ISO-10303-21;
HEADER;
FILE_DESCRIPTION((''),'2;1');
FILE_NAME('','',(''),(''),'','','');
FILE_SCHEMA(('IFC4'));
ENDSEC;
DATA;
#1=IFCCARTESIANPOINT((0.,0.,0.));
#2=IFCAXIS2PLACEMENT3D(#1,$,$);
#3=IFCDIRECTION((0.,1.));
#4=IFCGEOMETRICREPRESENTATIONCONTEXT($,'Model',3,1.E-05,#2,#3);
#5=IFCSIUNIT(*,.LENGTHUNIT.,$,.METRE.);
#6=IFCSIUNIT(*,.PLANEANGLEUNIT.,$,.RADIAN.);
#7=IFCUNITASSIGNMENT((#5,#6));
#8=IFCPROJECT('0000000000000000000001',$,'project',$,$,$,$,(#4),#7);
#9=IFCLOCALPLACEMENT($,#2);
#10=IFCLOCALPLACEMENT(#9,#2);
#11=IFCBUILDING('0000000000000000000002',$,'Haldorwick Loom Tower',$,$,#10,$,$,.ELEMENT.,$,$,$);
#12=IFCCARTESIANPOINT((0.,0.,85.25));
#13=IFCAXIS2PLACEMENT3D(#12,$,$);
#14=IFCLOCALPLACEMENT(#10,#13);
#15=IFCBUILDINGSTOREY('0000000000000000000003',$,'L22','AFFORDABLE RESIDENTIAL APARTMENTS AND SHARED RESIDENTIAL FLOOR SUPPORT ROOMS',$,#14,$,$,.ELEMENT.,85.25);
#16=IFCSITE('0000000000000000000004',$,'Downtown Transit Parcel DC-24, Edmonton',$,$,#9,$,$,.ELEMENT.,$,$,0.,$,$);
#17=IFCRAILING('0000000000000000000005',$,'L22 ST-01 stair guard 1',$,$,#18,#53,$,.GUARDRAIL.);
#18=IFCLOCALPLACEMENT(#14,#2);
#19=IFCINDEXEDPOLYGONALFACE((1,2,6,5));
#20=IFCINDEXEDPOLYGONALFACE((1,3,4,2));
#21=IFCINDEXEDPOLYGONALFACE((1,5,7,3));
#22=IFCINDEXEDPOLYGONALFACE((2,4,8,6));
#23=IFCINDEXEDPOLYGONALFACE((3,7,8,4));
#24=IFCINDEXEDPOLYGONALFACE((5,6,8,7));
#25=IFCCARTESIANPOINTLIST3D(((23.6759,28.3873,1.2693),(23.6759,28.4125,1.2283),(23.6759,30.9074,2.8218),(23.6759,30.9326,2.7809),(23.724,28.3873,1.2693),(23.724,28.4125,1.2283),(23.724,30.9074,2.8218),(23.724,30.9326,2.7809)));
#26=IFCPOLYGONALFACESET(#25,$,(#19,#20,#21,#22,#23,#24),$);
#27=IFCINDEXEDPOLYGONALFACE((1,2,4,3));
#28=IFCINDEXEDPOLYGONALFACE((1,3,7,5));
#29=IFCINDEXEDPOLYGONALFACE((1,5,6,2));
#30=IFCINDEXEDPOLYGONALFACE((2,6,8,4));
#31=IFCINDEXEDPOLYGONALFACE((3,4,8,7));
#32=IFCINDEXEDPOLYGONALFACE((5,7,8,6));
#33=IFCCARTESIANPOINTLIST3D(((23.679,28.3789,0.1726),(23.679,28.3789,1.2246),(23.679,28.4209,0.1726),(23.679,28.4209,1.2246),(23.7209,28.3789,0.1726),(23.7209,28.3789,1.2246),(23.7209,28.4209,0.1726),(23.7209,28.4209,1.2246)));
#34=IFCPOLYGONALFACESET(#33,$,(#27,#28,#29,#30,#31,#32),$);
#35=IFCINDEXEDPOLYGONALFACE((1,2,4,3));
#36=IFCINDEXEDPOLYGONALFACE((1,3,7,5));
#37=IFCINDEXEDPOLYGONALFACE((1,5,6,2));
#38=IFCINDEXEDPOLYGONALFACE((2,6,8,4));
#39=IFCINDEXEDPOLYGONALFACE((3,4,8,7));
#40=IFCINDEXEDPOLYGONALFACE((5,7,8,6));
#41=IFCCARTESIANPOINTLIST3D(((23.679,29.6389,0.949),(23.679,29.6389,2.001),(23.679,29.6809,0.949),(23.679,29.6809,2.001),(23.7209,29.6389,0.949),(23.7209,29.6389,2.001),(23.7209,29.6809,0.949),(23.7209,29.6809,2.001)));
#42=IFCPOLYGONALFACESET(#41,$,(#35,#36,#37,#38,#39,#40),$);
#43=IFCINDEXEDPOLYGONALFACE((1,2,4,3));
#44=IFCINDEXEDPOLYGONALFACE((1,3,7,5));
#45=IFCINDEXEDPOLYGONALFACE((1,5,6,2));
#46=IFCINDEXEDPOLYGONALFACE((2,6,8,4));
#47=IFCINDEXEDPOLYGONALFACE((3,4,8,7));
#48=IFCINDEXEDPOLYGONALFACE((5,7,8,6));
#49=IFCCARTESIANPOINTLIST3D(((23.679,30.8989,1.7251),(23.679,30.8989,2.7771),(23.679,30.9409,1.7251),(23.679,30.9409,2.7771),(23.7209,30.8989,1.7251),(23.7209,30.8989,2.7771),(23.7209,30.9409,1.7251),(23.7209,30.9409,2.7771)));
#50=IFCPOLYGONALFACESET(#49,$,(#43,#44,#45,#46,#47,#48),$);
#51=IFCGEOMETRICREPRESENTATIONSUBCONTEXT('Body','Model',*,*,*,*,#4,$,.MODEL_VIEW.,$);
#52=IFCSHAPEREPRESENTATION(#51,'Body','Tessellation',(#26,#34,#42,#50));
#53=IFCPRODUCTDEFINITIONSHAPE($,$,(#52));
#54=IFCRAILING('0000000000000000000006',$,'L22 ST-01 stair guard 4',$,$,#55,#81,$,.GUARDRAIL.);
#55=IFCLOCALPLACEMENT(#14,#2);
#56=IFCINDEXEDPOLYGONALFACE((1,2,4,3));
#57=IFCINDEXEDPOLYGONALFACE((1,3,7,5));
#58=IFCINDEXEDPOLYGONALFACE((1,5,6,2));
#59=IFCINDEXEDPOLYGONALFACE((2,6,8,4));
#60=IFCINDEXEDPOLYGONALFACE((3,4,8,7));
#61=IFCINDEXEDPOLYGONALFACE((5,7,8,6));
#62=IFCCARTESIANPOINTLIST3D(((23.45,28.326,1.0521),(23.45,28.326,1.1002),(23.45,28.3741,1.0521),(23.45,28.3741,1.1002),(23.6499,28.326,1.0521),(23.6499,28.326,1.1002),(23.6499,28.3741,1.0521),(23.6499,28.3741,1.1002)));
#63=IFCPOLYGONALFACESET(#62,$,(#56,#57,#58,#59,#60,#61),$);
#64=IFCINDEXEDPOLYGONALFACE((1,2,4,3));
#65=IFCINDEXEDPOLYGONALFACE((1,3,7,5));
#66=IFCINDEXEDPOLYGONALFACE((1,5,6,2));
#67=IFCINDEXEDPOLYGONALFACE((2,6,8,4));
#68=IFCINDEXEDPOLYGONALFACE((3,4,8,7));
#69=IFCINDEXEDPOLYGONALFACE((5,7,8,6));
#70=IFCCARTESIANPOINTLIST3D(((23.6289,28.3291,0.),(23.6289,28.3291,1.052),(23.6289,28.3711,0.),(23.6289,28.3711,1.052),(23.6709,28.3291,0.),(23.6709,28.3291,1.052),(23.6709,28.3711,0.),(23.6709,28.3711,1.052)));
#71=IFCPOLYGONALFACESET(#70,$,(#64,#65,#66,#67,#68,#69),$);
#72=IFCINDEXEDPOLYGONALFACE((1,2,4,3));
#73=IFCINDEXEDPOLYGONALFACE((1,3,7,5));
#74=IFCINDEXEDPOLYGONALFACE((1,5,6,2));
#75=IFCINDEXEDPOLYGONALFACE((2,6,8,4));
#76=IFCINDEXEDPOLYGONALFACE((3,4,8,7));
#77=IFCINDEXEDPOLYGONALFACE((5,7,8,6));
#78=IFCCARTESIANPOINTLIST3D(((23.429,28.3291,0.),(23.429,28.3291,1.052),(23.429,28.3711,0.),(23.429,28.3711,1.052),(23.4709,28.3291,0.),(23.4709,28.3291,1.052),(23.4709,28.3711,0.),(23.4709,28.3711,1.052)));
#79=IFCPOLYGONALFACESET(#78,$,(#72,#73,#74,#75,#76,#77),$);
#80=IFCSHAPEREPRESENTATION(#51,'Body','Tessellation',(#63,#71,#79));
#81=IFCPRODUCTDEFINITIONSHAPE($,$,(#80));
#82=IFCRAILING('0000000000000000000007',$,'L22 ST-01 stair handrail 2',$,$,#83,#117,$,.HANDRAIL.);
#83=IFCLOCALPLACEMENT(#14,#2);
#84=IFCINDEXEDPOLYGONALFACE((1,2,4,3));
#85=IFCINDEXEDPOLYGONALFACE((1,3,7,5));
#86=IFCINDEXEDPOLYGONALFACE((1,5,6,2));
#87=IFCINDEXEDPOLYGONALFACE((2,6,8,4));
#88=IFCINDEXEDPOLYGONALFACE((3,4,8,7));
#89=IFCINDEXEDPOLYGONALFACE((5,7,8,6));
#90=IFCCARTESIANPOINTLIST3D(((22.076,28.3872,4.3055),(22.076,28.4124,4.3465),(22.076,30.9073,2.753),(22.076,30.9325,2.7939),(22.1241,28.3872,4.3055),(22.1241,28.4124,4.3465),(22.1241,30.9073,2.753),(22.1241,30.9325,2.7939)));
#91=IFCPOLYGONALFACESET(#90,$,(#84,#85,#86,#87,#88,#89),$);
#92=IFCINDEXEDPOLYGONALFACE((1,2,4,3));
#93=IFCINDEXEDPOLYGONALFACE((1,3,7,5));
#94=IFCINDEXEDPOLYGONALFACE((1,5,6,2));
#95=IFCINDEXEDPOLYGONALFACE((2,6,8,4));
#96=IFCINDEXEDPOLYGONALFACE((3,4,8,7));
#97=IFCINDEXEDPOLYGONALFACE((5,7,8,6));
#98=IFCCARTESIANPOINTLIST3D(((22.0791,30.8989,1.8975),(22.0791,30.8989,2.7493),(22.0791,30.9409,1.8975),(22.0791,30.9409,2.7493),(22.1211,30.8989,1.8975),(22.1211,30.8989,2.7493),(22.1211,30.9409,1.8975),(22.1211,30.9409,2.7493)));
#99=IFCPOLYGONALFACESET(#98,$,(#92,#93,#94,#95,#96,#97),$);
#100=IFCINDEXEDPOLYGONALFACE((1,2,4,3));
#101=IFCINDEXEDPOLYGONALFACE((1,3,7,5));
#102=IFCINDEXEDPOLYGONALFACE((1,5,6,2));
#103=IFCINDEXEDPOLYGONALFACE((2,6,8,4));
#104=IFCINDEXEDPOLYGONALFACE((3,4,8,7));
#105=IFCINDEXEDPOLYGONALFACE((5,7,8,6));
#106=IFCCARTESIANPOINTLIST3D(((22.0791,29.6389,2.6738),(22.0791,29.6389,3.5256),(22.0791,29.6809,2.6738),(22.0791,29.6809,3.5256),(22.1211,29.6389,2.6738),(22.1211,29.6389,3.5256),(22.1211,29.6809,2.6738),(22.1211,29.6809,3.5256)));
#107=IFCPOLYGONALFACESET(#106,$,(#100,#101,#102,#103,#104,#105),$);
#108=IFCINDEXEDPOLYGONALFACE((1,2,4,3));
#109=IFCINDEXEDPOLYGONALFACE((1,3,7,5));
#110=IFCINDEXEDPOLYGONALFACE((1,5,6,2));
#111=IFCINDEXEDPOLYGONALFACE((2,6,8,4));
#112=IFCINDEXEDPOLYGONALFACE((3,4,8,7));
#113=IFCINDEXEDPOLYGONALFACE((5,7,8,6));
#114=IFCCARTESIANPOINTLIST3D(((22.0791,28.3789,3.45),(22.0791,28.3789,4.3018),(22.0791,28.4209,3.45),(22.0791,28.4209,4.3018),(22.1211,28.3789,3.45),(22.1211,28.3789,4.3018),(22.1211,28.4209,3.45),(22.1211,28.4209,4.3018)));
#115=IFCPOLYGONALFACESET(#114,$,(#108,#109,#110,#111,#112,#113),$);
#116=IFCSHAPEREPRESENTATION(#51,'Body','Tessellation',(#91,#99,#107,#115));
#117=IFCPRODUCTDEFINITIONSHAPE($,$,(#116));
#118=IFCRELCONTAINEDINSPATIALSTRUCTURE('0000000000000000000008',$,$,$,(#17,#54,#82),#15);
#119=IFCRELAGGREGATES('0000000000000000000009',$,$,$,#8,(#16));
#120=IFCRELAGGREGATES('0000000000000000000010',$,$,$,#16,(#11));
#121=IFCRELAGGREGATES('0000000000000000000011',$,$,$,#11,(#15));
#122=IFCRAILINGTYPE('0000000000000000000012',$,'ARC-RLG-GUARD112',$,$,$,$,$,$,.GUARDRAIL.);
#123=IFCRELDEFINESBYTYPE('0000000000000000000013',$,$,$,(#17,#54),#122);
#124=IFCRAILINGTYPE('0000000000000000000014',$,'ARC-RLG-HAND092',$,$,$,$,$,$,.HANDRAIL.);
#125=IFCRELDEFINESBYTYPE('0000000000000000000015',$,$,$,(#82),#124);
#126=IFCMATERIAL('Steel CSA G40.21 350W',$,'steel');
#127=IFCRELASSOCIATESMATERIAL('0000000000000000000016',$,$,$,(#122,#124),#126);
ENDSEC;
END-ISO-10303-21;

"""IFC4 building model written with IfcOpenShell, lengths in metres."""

from ifc_helpers import new_model, si_unit, direction, frame, origin, origin_2d, place, context, subcontext, project, spatial, rectangle, extrude, material, type_object, element, save


model = new_model("IFC4")

# Units and contexts
model_context = context("Model", 3, precision=1e-05, world=origin(), true_north=direction((0.0, 1.0)))
body_context = subcontext(model_context, "Body", "Model", "MODEL_VIEW")
ifc_project = project(units=[si_unit("LENGTHUNIT", "METRE"), si_unit("PLANEANGLEUNIT", "RADIAN")], contexts=[model_context])

# Site, building, storey
site_placement = place(None, origin())
site = spatial("IfcSite", under=ifc_project, at=site_placement, Name="Downtown Transit Parcel DC-24, Edmonton", CompositionType="ELEMENT", RefElevation=0.0)
building_placement = place(site_placement, origin())
building = spatial("IfcBuilding", under=site, at=building_placement, Name="Haldorwick Loom Tower", CompositionType="ELEMENT")
storey_placement = place(building_placement, frame((0.0, 0.0, 85.25)))
storey = spatial("IfcBuildingStorey", under=building, at=storey_placement, Name="L22", Description="AFFORDABLE RESIDENTIAL APARTMENTS AND SHARED RESIDENTIAL FLOOR SUPPORT ROOMS", CompositionType="ELEMENT", Elevation=85.25)

# Shared definitions
ifc_material_1 = material(Name="Steel CSA G40.21 350W", Category="steel")

# Railings
railing_type_1 = type_object("IfcRailingType", Name="ARC-RLG-GUARD112", PredefinedType="GUARDRAIL", material=ifc_material_1)
railing_1_placement = place(storey_placement, frame((23.7, 28.3999, 0.1726)))
element("IfcRailing", 1, at=railing_1_placement, inside=storey, type_object=railing_type_1, Name="L22 ST-01 stair guard 1", PredefinedType="GUARDRAIL", context=body_context, shape_type="SweptSolid", body=[
    extrude(rectangle(XDim=0.0481, YDim=0.0481, at=origin_2d()), frame((0.0, 0.0, 1.0762), z_axis=(0.0, 0.8514, 0.524516), x_axis=(-1.0, 0.0, 0.0)), (0.0, 0.0, 1.0), 2.96),
    extrude(rectangle(XDim=0.042, YDim=0.042, at=origin_2d()), origin(), (0.0, 0.0, 1.0), 1.052),
    extrude(rectangle(XDim=0.042, YDim=0.042, at=origin_2d()), frame((0.0, 1.26, 0.7764)), (0.0, 0.0, 1.0), 1.052),
    extrude(rectangle(XDim=0.042, YDim=0.042, at=origin_2d()), frame((0.0, 2.52, 1.5525)), (0.0, 0.0, 1.0), 1.052),
])
railing_2_placement = place(storey_placement, frame((23.6499, 28.3501, 0.0)))
element("IfcRailing", 2, at=railing_2_placement, inside=storey, type_object=railing_type_1, Name="L22 ST-01 stair guard 4", PredefinedType="GUARDRAIL", context=body_context, shape_type="SweptSolid", body=[
    extrude(rectangle(XDim=0.0481, YDim=0.0481, at=origin_2d()), frame((0.0, 0.0, 1.0762), z_axis=(-1.0, 0.0, 0.0), x_axis=(0.0, -1.0, 0.0)), (0.0, 0.0, 1.0), 0.2),
    extrude(rectangle(XDim=0.042, YDim=0.042, at=origin_2d()), origin(), (0.0, 0.0, 1.0), 1.052),
    extrude(rectangle(XDim=0.042, YDim=0.042, at=origin_2d()), frame((-0.2, 0.0, 0.0)), (0.0, 0.0, 1.0), 1.052),
])
railing_type_2 = type_object("IfcRailingType", Name="ARC-RLG-HAND092", PredefinedType="HANDRAIL", material=ifc_material_1)
railing_3_placement = place(storey_placement, frame((22.1001, 30.9199, 1.8975)))
element("IfcRailing", 3, at=railing_3_placement, inside=storey, type_object=railing_type_2, Name="L22 ST-01 stair handrail 2", PredefinedType="HANDRAIL", context=body_context, shape_type="SweptSolid", body=[
    extrude(rectangle(XDim=0.0481, YDim=0.0481, at=origin_2d()), frame((0.0, 0.0, 0.876), z_axis=(0.0, -0.8514, 0.524516), x_axis=(1.0, 0.0, 0.0)), (0.0, 0.0, 1.0), 2.96),
    extrude(rectangle(XDim=0.042, YDim=0.042, at=origin_2d()), origin(), (0.0, 0.0, 1.0), 0.8518),
    extrude(rectangle(XDim=0.042, YDim=0.042, at=origin_2d()), frame((0.0, -1.26, 0.7764)), (0.0, 0.0, 1.0), 0.8518),
    extrude(rectangle(XDim=0.042, YDim=0.042, at=origin_2d()), frame((0.0, -2.52, 1.5525)), (0.0, 0.0, 1.0), 0.8518),
])

save(model, "model.ifc")
